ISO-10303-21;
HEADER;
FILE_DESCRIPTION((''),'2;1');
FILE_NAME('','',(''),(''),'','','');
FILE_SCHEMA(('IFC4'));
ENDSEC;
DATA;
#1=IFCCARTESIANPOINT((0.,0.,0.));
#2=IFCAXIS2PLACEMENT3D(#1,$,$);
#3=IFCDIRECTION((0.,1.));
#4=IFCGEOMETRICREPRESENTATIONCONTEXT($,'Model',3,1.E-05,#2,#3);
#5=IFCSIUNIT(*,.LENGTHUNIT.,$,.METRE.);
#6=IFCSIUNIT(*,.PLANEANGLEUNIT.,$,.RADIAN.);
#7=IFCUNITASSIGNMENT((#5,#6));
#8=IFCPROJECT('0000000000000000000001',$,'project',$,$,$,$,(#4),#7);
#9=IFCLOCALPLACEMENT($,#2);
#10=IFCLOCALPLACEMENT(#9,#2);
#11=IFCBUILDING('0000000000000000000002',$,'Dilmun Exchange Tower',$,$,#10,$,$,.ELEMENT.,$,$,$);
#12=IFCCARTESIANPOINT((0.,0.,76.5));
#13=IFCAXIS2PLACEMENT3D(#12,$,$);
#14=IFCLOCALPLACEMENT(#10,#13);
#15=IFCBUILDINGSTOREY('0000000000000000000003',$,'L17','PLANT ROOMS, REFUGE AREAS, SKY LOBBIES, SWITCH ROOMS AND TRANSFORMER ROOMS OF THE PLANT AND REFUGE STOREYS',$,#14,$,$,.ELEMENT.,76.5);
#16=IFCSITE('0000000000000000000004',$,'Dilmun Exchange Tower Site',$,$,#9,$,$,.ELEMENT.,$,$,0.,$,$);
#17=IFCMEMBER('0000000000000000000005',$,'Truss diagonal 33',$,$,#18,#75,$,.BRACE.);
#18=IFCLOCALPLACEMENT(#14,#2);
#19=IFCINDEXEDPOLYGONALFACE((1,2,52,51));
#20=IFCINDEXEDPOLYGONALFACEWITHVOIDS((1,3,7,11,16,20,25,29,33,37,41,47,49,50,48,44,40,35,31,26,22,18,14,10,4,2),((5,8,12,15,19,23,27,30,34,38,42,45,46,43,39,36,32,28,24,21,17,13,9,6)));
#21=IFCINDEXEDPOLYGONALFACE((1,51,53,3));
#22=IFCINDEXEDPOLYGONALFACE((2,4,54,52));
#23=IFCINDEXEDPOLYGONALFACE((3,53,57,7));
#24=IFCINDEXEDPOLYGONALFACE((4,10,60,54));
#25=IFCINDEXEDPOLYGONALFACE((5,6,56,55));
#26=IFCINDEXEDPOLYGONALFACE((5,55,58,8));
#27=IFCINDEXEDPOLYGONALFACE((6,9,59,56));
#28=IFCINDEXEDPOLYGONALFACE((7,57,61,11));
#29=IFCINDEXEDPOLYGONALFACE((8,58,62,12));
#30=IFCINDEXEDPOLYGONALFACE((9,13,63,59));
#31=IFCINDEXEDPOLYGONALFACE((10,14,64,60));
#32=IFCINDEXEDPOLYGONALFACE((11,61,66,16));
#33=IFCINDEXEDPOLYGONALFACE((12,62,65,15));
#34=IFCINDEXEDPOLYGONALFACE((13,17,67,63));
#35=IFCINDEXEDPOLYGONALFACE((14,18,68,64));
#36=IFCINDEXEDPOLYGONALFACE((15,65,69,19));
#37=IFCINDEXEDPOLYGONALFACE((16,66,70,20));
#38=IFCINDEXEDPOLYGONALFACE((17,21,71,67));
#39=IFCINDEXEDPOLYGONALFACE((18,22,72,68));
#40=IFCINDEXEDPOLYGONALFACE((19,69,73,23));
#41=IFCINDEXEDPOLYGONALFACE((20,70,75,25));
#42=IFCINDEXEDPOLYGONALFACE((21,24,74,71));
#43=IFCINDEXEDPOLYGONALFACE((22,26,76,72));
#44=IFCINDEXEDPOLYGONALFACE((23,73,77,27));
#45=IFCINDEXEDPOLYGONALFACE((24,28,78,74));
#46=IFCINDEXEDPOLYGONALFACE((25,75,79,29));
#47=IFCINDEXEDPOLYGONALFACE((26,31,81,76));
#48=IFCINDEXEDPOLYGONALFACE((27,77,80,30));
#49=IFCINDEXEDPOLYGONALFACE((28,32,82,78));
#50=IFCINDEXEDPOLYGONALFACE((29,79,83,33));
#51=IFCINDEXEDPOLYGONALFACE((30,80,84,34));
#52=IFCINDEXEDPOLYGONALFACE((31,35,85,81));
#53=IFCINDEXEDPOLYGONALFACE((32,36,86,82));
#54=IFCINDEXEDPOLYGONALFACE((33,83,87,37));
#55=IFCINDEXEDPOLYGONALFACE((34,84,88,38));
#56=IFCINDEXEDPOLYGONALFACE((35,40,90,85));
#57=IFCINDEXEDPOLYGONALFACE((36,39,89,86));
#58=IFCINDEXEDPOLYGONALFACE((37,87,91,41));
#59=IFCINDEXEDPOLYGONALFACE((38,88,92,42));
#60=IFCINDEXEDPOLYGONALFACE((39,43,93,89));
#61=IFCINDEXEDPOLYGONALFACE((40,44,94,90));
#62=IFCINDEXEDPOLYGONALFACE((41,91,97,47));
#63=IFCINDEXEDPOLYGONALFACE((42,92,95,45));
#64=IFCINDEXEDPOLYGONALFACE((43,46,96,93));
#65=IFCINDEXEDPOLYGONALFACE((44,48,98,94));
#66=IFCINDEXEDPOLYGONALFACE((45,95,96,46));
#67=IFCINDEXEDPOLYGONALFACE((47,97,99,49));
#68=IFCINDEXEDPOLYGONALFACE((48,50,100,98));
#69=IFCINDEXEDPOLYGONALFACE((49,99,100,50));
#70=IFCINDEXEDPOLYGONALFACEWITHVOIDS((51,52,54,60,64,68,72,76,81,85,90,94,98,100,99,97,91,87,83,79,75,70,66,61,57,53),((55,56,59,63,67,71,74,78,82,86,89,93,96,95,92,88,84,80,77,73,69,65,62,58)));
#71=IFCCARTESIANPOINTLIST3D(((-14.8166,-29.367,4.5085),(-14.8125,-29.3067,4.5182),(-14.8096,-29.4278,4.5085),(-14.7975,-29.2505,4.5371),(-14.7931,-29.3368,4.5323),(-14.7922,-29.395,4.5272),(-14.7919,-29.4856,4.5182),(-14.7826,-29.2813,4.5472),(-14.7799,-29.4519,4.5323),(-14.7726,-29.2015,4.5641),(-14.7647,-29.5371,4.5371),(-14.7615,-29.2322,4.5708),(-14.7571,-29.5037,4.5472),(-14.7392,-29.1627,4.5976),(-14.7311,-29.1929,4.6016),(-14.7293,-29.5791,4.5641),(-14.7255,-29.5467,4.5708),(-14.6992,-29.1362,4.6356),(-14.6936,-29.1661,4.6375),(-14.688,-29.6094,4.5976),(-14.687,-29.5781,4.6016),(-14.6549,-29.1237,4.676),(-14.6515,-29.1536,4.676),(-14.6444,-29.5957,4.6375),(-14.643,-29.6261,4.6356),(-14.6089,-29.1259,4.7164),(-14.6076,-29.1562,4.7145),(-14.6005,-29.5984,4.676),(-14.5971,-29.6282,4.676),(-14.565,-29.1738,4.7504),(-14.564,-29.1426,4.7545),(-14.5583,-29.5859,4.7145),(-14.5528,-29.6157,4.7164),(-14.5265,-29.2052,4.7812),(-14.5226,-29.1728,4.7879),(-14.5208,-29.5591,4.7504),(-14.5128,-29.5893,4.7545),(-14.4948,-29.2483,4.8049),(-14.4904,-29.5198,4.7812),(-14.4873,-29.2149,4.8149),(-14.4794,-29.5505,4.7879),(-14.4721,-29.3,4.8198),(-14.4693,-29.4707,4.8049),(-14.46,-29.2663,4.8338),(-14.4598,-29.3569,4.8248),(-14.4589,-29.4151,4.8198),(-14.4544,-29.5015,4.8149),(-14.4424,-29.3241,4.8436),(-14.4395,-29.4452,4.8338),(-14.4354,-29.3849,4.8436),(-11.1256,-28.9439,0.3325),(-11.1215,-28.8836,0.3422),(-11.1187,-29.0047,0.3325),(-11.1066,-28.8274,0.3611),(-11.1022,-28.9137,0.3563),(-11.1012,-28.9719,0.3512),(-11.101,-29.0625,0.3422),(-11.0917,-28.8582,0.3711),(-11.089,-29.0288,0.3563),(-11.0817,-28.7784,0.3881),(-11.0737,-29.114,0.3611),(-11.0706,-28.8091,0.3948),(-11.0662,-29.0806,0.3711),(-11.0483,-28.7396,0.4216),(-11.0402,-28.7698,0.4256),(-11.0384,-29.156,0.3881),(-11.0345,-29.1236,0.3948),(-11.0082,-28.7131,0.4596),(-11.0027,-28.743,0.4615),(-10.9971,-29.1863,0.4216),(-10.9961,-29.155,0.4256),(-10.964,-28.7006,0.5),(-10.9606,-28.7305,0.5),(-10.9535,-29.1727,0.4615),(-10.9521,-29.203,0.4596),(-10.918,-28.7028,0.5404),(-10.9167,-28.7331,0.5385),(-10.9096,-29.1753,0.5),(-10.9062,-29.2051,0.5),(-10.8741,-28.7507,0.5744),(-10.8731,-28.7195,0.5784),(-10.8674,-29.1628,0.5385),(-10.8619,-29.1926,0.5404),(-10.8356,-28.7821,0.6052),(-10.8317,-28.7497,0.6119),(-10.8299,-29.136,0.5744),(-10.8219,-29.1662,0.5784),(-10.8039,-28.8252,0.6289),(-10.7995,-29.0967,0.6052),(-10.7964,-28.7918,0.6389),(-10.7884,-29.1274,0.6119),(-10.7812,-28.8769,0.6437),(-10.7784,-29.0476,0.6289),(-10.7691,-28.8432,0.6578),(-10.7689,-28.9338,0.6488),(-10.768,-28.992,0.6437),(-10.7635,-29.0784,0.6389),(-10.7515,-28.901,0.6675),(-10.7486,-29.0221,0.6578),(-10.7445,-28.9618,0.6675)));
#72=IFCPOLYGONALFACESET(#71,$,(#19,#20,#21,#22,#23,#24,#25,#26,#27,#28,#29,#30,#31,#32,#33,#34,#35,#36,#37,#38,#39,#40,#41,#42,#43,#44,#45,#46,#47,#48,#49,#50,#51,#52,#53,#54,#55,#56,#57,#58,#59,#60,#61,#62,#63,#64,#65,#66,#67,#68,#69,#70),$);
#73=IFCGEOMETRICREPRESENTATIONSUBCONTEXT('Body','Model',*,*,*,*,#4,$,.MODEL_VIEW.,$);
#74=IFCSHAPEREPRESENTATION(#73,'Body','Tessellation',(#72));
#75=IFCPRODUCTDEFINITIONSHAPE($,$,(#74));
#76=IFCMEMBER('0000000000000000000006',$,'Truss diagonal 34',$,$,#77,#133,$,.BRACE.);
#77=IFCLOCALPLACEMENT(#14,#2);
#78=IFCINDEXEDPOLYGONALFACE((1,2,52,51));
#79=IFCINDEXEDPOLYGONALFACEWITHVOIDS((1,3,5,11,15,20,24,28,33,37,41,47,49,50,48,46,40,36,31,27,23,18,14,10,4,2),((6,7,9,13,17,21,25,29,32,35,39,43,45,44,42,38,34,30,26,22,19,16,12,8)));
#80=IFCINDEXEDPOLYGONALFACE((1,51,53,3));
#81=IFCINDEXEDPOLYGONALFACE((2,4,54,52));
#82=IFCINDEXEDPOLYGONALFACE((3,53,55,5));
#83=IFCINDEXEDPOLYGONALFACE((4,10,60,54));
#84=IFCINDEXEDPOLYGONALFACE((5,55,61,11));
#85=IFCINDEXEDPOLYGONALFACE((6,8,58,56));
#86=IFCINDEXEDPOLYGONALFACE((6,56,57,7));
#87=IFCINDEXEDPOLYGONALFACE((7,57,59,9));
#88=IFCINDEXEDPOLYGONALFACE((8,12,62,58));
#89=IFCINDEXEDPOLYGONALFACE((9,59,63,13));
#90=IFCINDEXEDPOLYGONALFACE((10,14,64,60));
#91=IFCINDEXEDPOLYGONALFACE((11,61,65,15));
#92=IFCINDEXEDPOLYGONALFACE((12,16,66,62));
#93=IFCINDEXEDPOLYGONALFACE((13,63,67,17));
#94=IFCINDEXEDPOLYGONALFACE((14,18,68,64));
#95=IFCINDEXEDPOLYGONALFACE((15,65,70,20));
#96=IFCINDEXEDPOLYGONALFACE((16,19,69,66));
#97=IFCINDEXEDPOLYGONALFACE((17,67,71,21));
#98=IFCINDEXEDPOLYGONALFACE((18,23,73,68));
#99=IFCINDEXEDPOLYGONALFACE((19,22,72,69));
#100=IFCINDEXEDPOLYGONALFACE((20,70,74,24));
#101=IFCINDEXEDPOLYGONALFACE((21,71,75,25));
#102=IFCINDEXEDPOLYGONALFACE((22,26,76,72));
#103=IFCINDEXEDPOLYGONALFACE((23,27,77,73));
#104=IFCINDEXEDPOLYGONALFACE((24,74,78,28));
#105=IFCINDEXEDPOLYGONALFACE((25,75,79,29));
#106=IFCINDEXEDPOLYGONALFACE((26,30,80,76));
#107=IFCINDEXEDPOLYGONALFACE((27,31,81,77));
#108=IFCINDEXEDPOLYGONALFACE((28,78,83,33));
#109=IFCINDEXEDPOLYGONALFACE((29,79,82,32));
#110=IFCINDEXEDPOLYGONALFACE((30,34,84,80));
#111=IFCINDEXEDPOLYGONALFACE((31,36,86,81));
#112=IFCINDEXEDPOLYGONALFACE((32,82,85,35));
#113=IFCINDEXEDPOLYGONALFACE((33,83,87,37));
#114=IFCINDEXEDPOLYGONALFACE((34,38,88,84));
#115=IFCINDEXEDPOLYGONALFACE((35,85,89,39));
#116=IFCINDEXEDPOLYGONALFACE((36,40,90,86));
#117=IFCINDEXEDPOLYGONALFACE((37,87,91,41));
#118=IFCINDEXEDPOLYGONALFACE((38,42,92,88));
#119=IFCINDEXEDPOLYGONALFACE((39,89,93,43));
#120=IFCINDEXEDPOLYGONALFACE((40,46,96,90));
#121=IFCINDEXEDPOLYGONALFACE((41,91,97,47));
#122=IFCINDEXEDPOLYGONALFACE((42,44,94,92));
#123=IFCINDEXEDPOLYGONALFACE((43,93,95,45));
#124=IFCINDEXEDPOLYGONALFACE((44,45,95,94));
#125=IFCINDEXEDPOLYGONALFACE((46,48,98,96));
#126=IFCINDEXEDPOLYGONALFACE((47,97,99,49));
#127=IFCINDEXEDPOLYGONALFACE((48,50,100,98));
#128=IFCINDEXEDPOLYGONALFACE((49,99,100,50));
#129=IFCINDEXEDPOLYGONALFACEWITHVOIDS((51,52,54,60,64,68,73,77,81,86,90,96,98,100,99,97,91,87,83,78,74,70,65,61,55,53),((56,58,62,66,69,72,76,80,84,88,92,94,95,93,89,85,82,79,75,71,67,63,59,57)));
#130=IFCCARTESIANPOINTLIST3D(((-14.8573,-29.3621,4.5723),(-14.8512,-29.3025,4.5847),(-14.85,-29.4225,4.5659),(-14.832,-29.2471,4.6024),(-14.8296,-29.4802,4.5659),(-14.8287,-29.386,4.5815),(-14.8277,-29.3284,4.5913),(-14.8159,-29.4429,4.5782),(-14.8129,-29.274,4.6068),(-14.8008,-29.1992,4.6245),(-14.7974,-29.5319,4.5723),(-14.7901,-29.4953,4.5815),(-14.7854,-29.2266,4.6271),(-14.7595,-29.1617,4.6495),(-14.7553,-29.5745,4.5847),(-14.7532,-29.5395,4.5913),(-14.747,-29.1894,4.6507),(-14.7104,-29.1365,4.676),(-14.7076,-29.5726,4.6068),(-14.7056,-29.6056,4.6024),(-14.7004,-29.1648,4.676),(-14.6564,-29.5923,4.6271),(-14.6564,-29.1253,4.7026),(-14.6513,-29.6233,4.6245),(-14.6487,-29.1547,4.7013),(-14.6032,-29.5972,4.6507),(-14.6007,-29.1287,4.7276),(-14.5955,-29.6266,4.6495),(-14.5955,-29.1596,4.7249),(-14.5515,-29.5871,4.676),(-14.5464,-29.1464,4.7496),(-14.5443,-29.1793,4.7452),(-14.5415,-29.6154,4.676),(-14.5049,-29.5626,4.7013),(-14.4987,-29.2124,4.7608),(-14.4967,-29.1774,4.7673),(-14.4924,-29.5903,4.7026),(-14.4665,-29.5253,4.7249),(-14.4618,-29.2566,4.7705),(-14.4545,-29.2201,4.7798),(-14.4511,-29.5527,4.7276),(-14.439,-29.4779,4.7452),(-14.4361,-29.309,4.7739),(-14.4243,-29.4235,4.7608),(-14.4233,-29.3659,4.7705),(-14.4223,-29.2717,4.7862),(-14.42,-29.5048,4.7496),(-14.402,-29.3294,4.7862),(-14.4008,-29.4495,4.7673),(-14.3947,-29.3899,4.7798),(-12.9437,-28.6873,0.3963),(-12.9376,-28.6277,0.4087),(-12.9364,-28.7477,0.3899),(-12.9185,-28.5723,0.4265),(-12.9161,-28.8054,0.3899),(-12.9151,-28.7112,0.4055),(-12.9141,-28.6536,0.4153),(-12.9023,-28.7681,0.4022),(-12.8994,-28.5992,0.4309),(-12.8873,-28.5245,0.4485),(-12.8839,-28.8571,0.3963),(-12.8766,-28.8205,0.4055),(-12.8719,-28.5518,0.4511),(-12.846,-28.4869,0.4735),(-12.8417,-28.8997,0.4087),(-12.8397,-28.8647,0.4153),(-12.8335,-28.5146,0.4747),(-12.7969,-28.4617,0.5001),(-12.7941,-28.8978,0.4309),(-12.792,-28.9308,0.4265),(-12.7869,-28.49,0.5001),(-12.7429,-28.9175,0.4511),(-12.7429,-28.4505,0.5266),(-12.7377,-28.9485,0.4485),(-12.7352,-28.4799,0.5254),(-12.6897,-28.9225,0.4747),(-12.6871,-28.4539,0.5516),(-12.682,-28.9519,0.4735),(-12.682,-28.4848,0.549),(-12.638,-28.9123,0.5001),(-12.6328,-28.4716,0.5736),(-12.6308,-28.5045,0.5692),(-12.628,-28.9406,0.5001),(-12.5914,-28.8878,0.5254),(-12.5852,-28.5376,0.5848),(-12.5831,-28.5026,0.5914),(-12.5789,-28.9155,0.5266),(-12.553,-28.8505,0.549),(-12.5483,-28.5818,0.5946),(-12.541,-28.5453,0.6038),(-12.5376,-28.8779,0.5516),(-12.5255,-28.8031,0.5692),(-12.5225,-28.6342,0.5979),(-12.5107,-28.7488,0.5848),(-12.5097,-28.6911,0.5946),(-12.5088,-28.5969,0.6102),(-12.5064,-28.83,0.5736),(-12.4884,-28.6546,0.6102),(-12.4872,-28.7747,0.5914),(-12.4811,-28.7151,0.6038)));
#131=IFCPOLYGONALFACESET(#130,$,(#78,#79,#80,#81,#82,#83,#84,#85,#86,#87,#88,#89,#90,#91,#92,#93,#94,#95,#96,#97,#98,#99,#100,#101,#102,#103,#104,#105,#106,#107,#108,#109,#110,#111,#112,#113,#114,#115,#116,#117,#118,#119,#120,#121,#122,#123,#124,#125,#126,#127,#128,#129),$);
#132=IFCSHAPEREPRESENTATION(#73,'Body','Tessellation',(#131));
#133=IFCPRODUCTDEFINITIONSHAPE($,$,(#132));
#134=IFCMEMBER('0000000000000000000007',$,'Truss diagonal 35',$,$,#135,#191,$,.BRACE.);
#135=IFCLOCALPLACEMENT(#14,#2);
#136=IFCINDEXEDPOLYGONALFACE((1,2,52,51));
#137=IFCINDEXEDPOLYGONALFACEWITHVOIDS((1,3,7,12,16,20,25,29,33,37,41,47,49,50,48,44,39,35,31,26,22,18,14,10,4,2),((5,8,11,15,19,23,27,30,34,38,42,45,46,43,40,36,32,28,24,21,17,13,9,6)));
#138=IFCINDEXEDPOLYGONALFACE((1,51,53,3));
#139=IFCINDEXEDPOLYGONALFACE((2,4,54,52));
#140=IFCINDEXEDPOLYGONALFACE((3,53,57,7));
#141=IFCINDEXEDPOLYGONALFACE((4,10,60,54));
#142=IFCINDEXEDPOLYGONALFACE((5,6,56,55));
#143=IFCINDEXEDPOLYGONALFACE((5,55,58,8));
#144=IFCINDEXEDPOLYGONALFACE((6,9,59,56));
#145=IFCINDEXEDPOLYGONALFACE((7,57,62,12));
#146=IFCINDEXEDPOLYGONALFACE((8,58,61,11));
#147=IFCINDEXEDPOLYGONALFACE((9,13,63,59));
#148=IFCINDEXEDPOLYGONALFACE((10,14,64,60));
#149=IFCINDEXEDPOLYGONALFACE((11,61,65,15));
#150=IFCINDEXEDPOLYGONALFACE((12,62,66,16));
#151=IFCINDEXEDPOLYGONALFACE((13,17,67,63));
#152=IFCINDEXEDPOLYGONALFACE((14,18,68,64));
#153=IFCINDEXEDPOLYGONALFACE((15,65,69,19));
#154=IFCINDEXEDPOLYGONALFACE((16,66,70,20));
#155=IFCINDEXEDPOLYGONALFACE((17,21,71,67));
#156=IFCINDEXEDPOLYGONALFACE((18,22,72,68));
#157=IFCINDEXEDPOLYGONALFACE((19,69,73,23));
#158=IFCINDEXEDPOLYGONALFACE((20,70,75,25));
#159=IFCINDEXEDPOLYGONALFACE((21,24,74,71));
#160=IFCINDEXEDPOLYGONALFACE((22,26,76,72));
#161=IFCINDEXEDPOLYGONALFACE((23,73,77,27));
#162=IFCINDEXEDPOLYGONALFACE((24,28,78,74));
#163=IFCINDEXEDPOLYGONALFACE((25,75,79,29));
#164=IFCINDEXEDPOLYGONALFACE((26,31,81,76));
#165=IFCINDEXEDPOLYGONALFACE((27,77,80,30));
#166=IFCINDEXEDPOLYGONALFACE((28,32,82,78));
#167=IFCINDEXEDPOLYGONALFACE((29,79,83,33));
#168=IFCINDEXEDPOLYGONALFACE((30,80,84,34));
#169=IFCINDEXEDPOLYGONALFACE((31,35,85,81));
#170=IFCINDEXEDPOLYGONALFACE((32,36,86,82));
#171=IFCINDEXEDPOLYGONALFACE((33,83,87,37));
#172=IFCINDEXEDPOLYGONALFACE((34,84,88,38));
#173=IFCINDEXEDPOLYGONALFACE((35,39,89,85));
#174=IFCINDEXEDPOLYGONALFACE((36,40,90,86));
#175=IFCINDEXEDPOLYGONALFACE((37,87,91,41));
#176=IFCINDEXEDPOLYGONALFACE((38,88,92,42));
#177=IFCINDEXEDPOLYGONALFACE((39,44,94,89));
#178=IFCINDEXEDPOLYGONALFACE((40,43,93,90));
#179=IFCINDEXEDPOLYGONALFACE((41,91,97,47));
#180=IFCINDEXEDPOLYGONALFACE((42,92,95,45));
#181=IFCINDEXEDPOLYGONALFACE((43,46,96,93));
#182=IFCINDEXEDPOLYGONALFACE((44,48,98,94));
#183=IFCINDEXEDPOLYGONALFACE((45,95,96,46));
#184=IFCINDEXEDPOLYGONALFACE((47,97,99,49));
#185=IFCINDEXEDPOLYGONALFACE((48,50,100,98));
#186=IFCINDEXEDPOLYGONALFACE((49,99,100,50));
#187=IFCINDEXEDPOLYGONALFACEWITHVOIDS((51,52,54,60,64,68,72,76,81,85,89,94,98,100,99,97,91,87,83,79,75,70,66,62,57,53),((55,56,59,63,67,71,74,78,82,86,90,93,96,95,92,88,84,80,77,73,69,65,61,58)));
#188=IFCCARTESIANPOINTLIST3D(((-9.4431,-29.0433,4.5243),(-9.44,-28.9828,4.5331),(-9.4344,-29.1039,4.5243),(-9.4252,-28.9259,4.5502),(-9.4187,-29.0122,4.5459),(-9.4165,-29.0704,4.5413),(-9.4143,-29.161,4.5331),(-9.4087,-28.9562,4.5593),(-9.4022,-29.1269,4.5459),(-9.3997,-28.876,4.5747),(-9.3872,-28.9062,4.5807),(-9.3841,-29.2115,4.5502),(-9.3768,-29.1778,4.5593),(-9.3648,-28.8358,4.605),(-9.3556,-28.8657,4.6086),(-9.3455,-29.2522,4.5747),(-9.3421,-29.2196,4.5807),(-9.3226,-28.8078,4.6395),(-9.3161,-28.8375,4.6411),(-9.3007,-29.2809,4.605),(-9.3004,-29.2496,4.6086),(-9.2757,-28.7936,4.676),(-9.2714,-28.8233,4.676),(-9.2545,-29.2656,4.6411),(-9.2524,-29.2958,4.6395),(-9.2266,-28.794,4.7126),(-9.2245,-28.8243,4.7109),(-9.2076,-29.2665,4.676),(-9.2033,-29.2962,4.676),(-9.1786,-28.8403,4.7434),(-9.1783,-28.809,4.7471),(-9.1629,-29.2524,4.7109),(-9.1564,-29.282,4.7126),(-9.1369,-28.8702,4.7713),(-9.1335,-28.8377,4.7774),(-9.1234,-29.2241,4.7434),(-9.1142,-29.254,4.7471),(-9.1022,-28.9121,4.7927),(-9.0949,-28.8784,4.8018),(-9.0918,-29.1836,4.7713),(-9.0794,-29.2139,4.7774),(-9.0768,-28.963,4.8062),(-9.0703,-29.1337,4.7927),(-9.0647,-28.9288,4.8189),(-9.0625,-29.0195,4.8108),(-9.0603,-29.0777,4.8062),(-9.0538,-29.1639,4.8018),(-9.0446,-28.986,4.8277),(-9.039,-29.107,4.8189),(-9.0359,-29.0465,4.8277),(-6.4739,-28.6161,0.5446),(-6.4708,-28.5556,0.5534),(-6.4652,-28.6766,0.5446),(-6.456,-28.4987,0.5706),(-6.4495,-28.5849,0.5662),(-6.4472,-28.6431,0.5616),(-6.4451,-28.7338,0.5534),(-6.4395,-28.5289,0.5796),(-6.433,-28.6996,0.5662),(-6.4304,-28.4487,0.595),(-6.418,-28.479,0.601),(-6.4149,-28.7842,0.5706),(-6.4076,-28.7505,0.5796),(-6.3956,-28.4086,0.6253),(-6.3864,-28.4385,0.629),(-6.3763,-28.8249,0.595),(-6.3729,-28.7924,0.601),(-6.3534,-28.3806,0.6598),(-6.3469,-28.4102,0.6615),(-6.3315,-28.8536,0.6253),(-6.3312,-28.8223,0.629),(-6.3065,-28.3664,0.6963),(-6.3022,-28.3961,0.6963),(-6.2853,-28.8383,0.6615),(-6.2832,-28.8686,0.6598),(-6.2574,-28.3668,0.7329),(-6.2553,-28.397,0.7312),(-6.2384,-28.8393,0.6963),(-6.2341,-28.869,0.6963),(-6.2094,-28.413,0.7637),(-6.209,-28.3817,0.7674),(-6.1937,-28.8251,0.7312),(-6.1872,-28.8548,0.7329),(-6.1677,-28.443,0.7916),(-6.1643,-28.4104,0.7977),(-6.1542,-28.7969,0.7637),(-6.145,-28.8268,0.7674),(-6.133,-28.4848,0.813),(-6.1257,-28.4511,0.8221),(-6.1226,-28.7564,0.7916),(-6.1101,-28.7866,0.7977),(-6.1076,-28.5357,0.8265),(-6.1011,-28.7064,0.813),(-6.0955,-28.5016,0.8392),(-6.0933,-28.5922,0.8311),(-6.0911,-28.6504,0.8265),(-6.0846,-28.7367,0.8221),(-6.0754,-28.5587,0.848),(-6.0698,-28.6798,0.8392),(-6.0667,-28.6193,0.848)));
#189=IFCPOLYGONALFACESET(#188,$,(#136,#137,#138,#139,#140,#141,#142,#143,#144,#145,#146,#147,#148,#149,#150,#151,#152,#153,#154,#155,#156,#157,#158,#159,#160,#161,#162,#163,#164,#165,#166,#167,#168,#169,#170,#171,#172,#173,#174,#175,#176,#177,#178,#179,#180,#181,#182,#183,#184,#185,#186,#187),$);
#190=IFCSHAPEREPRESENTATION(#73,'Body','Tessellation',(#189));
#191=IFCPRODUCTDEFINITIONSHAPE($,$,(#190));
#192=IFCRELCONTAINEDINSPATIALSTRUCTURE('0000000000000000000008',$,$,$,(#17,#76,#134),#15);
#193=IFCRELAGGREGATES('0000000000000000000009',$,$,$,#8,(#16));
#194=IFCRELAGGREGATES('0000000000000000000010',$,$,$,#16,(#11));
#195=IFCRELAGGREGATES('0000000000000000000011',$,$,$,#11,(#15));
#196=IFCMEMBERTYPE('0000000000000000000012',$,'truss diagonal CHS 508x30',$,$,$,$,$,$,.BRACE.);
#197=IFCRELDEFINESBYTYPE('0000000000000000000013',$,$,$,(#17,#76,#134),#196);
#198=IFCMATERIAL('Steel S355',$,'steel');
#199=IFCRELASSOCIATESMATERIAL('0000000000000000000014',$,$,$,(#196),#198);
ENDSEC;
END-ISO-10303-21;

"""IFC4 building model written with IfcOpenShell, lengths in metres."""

from ifc_helpers import new_model, si_unit, direction, frame, origin, origin_2d, place, context, subcontext, project, spatial, hollow_circle, extrude, material, material_profile, profile_set, type_object, element, save


model = new_model("IFC4")

# Units and contexts
model_context = context("Model", 3, precision=1e-05, world=origin(), true_north=direction((0.0, 1.0)))
body_context = subcontext(model_context, "Body", "Model", "MODEL_VIEW")
ifc_project = project(units=[si_unit("LENGTHUNIT", "METRE"), si_unit("PLANEANGLEUNIT", "RADIAN")], contexts=[model_context])

# Site, building, storey
site_placement = place(None, origin())
site = spatial("IfcSite", under=ifc_project, at=site_placement, Name="Dilmun Exchange Tower Site", CompositionType="ELEMENT", RefElevation=0.0)
building_placement = place(site_placement, origin())
building = spatial("IfcBuilding", under=site, at=building_placement, Name="Dilmun Exchange Tower", CompositionType="ELEMENT")
storey_placement = place(building_placement, frame((0.0, 0.0, 76.5)))
storey = spatial("IfcBuildingStorey", under=building, at=storey_placement, Name="L17", Description="PLANT ROOMS, REFUGE AREAS, SKY LOBBIES, SWITCH ROOMS AND TRANSFORMER ROOMS OF THE PLANT AND REFUGE STOREYS", CompositionType="ELEMENT", Elevation=76.5)

# Shared definitions
ifc_material_1 = material(Name="Steel S355", Category="steel")

# Members
ifc_material_profile_1 = material_profile(ifc_material_1, hollow_circle(Radius=0.2539, WallThickness=0.03, at=origin_2d()), Name="CHS 508x30")
ifc_profile_set_1 = profile_set([ifc_material_profile_1], Name="Steel S355")
member_type_1 = type_object("IfcMemberType", Name="truss diagonal CHS 508x30", PredefinedType="BRACE", material=ifc_profile_set_1)
member_1_placement = place(storey_placement, frame((-14.626, -29.376, 4.676), z_axis=(0.660346, 0.075696, -0.747137), x_axis=(-0.113886, 0.993494, 0.0)))
element("IfcMember", 1, at=member_1_placement, inside=storey, type_object=member_type_1, Name="Truss diagonal 33", PredefinedType="BRACE", context=body_context, shape_type="SweptSolid", body=[
    extrude(hollow_circle(Radius=0.2539, WallThickness=0.03, at=origin_2d()), origin(), (0.0, 0.0, 1.0), 5.5894),
])
member_2_placement = place(storey_placement, frame((-14.626, -29.376, 4.676), z_axis=(0.412153, 0.145342, -0.899448), x_axis=(-0.332568, 0.943079, 0.0)))
element("IfcMember", 2, at=member_2_placement, inside=storey, type_object=member_type_1, Name="Truss diagonal 34", PredefinedType="BRACE", context=body_context, shape_type="SweptSolid", body=[
    extrude(hollow_circle(Radius=0.2539, WallThickness=0.03, at=origin_2d()), origin(), (0.0, 0.0, 1.0), 4.6428),
])
member_3_placement = place(storey_placement, frame((-9.2395, -29.0449, 4.676), z_axis=(0.595791, 0.085729, -0.798551), x_axis=(-0.142424, 0.989806, 0.0)))
element("IfcMember", 3, at=member_3_placement, inside=storey, type_object=member_type_1, Name="Truss diagonal 35", PredefinedType="BRACE", context=body_context, shape_type="SweptSolid", body=[
    extrude(hollow_circle(Radius=0.2539, WallThickness=0.03, at=origin_2d()), origin(), (0.0, 0.0, 1.0), 4.9836),
])

save(model, "model.ifc")
